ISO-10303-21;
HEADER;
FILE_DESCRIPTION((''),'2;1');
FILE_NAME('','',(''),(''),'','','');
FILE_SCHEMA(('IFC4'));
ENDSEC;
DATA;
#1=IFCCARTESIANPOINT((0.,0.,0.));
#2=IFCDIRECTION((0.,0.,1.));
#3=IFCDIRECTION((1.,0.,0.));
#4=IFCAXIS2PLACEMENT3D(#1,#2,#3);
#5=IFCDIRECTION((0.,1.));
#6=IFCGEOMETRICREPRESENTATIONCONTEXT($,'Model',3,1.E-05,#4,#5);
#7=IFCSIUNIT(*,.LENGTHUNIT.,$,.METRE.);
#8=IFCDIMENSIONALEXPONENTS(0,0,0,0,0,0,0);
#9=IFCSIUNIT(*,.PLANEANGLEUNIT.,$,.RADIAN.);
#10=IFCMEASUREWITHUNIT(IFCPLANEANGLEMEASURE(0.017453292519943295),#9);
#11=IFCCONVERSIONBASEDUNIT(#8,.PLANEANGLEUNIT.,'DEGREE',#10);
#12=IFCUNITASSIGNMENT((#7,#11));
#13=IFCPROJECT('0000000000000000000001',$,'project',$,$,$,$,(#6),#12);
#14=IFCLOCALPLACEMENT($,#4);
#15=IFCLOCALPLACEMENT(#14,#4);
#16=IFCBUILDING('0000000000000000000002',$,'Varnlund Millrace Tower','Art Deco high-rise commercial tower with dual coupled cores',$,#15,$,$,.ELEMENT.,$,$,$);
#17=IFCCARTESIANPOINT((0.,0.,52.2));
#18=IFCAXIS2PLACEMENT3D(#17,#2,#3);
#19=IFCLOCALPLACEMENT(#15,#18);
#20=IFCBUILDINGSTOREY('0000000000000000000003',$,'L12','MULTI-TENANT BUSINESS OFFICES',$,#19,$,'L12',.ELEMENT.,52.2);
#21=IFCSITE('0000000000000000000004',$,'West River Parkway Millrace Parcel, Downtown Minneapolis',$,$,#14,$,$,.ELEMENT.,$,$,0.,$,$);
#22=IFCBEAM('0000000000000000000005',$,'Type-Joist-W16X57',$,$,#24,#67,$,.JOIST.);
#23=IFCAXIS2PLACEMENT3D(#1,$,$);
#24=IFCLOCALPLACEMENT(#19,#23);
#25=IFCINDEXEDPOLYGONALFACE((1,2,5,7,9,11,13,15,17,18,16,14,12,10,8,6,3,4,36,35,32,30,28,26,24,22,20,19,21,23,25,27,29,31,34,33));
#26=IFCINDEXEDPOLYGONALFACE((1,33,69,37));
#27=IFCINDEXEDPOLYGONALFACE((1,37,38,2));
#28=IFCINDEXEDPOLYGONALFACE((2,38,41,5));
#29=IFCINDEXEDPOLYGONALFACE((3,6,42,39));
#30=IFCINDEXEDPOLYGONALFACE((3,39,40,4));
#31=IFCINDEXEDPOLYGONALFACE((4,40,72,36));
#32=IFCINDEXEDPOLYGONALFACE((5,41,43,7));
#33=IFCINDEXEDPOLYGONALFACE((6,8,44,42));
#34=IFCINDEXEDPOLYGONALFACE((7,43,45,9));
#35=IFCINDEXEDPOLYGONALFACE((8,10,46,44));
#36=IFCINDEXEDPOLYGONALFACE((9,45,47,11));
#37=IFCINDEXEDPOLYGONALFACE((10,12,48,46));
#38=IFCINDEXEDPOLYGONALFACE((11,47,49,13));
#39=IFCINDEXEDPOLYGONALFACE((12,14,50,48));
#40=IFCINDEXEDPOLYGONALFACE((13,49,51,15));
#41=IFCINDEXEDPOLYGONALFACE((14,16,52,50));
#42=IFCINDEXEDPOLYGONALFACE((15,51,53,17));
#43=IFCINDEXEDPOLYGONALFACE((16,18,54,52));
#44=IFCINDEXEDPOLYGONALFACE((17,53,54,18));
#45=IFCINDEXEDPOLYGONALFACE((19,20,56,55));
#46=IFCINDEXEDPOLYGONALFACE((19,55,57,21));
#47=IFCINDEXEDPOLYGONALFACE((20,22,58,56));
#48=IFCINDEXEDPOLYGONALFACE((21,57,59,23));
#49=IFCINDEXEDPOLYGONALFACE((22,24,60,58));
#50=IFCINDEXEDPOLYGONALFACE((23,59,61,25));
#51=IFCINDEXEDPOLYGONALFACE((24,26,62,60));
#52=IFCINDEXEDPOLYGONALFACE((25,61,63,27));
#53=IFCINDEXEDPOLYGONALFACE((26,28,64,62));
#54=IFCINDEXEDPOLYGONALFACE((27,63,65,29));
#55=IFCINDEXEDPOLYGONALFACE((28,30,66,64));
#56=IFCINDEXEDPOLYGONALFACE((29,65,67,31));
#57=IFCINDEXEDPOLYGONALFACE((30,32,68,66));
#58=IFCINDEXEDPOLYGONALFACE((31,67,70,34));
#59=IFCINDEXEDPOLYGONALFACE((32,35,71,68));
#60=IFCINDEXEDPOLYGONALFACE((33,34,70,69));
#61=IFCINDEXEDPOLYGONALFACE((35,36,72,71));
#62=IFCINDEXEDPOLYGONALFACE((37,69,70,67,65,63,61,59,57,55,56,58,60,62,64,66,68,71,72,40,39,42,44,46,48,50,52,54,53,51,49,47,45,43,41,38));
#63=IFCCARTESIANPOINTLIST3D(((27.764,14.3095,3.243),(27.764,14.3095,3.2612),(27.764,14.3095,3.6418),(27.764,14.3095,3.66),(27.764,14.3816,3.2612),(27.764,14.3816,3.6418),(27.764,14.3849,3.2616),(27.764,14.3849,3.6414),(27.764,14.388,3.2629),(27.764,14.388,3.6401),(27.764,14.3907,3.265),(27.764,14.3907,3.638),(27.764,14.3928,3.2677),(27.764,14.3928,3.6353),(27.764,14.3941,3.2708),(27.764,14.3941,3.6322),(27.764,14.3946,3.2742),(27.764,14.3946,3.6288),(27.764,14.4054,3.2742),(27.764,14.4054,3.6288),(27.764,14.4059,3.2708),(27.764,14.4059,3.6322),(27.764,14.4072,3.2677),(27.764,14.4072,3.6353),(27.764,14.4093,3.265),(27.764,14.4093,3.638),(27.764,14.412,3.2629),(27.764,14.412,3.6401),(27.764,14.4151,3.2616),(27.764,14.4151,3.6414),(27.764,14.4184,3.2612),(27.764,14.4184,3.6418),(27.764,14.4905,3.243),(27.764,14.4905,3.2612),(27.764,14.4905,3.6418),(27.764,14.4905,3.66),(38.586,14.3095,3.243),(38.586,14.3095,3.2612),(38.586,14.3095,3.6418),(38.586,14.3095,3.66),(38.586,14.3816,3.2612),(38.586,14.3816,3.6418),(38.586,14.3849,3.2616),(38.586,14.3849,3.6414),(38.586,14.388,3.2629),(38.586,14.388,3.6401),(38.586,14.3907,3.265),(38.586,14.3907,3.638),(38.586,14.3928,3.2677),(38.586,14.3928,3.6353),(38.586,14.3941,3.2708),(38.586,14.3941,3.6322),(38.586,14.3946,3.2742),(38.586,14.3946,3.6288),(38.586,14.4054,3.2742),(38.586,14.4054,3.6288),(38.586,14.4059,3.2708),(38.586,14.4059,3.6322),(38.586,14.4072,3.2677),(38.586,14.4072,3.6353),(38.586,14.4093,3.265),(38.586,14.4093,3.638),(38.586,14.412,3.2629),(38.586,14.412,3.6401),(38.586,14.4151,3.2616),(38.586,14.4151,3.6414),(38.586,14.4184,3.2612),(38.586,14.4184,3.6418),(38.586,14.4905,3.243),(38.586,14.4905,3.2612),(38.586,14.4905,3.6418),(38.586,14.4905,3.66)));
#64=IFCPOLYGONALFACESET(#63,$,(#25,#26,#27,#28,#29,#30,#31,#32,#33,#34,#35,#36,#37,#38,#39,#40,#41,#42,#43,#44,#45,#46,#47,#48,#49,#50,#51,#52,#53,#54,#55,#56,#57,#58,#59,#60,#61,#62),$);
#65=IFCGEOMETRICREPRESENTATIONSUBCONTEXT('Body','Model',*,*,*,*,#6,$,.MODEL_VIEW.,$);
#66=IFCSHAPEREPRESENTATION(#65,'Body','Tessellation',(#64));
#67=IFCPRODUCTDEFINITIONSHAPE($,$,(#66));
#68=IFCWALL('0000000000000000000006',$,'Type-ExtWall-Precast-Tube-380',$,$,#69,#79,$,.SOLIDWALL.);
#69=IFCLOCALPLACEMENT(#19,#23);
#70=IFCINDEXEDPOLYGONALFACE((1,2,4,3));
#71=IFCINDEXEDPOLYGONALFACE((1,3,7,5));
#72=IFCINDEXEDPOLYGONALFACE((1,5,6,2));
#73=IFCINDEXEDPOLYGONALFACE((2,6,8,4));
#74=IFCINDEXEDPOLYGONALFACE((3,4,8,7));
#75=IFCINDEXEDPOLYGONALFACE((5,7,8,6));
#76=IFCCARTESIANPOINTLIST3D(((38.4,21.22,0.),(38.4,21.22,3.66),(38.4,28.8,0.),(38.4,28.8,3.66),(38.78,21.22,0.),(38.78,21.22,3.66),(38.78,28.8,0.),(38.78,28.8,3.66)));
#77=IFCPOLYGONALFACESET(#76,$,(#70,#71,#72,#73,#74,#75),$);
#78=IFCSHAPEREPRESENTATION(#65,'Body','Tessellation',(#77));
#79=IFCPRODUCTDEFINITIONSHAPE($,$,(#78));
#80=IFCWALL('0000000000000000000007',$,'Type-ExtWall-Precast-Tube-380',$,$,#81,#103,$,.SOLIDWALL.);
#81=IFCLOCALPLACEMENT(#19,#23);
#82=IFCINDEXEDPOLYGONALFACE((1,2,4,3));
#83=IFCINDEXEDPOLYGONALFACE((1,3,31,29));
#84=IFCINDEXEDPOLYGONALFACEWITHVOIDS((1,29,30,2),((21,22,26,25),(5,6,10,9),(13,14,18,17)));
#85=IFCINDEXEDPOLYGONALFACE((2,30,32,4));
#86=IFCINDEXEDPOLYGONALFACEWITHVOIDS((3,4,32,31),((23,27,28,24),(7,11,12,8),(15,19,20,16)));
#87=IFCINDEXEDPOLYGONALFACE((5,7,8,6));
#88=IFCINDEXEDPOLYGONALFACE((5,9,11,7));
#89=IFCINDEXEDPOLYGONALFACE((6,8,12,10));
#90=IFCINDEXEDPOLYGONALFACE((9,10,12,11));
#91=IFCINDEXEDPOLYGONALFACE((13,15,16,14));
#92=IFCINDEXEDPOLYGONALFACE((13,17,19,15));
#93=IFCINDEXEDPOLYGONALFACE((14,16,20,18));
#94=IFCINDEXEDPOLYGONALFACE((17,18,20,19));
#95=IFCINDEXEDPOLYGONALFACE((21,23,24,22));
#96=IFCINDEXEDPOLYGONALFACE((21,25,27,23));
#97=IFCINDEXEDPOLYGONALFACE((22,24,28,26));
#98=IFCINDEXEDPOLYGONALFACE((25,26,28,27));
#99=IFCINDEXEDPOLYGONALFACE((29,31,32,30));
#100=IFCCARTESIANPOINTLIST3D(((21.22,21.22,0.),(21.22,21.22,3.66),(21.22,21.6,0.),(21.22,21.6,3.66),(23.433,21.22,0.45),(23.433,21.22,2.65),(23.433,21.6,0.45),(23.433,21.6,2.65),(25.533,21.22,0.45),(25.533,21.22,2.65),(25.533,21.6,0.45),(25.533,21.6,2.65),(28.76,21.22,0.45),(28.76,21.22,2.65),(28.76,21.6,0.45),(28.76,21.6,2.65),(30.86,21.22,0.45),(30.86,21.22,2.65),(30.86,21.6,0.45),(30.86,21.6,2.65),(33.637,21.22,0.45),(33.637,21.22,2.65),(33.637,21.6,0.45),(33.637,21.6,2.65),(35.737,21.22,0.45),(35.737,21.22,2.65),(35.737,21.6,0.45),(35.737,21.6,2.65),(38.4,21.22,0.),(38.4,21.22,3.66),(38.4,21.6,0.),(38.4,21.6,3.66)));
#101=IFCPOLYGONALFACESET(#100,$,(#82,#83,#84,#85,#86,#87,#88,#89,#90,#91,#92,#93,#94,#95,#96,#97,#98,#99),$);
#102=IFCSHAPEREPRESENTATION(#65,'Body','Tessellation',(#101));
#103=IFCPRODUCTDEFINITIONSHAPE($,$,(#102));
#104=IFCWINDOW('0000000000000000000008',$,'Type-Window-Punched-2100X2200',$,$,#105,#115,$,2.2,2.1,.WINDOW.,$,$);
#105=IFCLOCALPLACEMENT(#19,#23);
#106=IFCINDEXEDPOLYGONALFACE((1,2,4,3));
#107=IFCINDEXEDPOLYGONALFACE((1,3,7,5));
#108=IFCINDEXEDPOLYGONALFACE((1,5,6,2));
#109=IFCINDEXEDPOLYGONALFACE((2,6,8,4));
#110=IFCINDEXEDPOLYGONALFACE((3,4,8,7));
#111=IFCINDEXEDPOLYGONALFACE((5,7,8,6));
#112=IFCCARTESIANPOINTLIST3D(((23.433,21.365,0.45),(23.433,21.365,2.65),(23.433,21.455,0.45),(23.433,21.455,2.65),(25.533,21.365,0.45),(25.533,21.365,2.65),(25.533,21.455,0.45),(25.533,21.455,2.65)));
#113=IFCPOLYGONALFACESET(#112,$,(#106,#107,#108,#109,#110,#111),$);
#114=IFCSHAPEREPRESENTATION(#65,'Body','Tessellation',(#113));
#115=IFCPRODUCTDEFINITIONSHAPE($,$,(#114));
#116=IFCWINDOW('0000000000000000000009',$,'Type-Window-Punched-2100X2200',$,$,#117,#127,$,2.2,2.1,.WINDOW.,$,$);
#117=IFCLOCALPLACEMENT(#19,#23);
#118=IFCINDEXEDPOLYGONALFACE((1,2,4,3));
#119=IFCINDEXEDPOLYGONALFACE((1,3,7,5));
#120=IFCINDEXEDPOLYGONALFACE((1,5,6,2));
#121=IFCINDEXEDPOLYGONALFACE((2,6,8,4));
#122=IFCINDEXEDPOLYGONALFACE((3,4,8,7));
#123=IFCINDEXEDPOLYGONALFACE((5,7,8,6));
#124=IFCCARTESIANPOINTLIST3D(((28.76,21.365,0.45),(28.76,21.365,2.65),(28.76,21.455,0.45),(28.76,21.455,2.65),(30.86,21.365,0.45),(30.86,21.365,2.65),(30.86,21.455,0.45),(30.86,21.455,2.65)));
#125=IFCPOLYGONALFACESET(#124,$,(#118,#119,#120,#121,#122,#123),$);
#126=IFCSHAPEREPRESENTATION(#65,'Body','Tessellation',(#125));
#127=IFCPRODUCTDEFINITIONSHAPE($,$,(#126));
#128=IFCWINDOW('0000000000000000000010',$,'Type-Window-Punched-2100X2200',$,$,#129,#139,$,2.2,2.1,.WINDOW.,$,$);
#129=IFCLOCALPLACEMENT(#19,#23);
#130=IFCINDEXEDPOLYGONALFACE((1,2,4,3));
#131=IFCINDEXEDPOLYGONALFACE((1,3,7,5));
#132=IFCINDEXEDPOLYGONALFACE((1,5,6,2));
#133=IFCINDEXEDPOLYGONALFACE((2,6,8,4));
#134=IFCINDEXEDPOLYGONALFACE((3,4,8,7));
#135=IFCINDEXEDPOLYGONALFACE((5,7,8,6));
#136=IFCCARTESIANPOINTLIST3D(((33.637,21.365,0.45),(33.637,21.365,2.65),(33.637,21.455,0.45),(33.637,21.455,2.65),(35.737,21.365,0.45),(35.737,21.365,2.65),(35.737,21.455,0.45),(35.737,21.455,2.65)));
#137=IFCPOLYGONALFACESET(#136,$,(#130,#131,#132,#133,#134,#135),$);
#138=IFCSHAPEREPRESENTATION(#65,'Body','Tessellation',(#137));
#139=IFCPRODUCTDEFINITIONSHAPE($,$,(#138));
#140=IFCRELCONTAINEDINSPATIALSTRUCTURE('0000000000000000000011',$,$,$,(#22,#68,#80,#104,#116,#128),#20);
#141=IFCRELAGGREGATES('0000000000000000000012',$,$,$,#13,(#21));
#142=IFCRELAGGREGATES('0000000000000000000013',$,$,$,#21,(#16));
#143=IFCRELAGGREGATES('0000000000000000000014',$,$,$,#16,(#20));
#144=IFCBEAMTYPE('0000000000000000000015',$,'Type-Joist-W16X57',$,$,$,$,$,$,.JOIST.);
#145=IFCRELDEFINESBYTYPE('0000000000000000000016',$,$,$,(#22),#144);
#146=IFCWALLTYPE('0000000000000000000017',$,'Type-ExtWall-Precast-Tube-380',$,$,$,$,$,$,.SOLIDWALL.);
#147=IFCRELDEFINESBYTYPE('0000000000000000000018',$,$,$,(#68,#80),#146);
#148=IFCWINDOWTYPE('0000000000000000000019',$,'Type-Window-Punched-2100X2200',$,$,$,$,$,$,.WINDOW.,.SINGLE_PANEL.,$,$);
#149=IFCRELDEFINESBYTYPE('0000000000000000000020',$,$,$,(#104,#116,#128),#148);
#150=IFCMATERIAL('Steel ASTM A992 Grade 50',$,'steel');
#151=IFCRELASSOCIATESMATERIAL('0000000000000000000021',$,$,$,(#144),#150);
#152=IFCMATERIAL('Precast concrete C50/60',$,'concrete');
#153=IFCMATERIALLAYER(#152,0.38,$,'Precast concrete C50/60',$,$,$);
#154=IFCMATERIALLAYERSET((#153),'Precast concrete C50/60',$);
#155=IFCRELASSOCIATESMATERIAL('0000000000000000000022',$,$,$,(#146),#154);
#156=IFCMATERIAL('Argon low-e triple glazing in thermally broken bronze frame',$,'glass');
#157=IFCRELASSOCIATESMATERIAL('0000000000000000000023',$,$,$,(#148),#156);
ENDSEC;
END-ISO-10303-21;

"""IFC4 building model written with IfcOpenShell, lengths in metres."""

from ifc_helpers import new_model, entity, si_unit, converted_unit, direction, frame, origin_with_axes, origin_2d_with_axis, place, context, subcontext, project, spatial, polyline, rectangle, i_section, outline, extrude, material, layer, layer_set, material_profile, profile_set, type_object, element, fill, save


model = new_model("IFC4")

# Units and contexts
model_context = context("Model", 3, precision=1e-05, world=origin_with_axes(), true_north=direction((0.0, 1.0)))
body_context = subcontext(model_context, "Body", "Model", "MODEL_VIEW")
ifc_project = project(units=[si_unit("LENGTHUNIT", "METRE"), converted_unit("PLANEANGLEUNIT", "DEGREE", entity("IfcPlaneAngleMeasure", 0.017453292519943295), si_unit("PLANEANGLEUNIT", "RADIAN"), dimensions=[0, 0, 0, 0, 0, 0, 0])], contexts=[model_context])

# Site, building, storey
site_placement = place(None, origin_with_axes())
site = spatial("IfcSite", under=ifc_project, at=site_placement, Name="West River Parkway Millrace Parcel, Downtown Minneapolis", CompositionType="ELEMENT", RefElevation=0.0)
building_placement = place(site_placement, origin_with_axes())
building = spatial("IfcBuilding", under=site, at=building_placement, Name="Varnlund Millrace Tower", Description="Art Deco high-rise commercial tower with dual coupled cores", CompositionType="ELEMENT")
storey_placement = place(building_placement, frame((0.0, 0.0, 52.2), z_axis=(0.0, 0.0, 1.0), x_axis=(1.0, 0.0, 0.0)))
storey = spatial("IfcBuildingStorey", under=building, at=storey_placement, Name="L12", Description="MULTI-TENANT BUSINESS OFFICES", LongName="L12", CompositionType="ELEMENT", Elevation=52.2)

# Beam
ifc_material_1 = material(Name="Steel ASTM A992 Grade 50", Category="steel")
ifc_material_profile_1 = material_profile(ifc_material_1, i_section(OverallWidth=0.181, OverallDepth=0.417, WebThickness=0.0109, FlangeThickness=0.0182, FilletRadius=0.013, at=origin_2d_with_axis()), Name="Steel ASTM A992 Grade 50")
ifc_profile_set_1 = profile_set([ifc_material_profile_1], Name="Steel ASTM A992 Grade 50")
beam_type_1 = type_object("IfcBeamType", Name="Type-Joist-W16X57", PredefinedType="JOIST", material=ifc_profile_set_1)
beam_1_placement = place(storey_placement, frame((27.764, 14.4, 3.4515), z_axis=(1.0, 0.0, 0.0), x_axis=(0.0, 1.0, 0.0)))
element("IfcBeam", 1, at=beam_1_placement, inside=storey, type_object=beam_type_1, Name="Type-Joist-W16X57", PredefinedType="JOIST", context=body_context, shape_type="SweptSolid", body=[
    extrude(i_section(OverallWidth=0.181, OverallDepth=0.417, WebThickness=0.0109, FlangeThickness=0.0182, FilletRadius=0.013, at=origin_2d_with_axis()), origin_with_axes(), (0.0, 0.0, 1.0), 10.822),
])

# Wall
ifc_material_2 = material(Name="Precast concrete C50/60", Category="concrete")
ifc_layer_1 = layer(ifc_material_2, 0.38, Name="Precast concrete C50/60")
ifc_layer_set_1 = layer_set([ifc_layer_1], Name="Precast concrete C50/60")
wall_type_1 = type_object("IfcWallType", Name="Type-ExtWall-Precast-Tube-380", PredefinedType="SOLIDWALL", material=ifc_layer_set_1)
wall_1_placement = place(storey_placement, frame((38.59, 21.22, 0.0), z_axis=(0.0, 0.0, 1.0), x_axis=(0.0, 1.0, 0.0)))
element("IfcWall", 2, at=wall_1_placement, inside=storey, type_object=wall_type_1, Name="Type-ExtWall-Precast-Tube-380", PredefinedType="SOLIDWALL", context=body_context, shape_type="SweptSolid", body=[
    extrude(outline(polyline([(0.0, -0.19), (7.58, -0.19), (7.58, 0.19), (0.0, 0.19), (0.0, -0.19)])), origin_with_axes(), (0.0, 0.0, 1.0), 3.66),
])

# Wall, openings, windows
wall_2_placement = place(storey_placement, frame((21.22, 21.41, 0.0), z_axis=(0.0, 0.0, 1.0), x_axis=(1.0, 0.0, 0.0)))
wall_2 = element("IfcWall", 3, at=wall_2_placement, inside=storey, type_object=wall_type_1, Name="Type-ExtWall-Precast-Tube-380", PredefinedType="SOLIDWALL", context=body_context, shape_type="SweptSolid", body=[
    extrude(outline(polyline([(0.0, -0.19), (17.18, -0.19), (17.18, 0.19), (0.0, 0.19), (0.0, -0.19)])), origin_with_axes(), (0.0, 0.0, 1.0), 3.66),
])
opening_1_placement = place(wall_2_placement, frame((3.263, 0.0, 0.45), z_axis=(0.0, 0.0, 1.0), x_axis=(1.0, 0.0, 0.0)))
opening_1 = element("IfcOpeningElement", 4, at=opening_1_placement, cuts=wall_2, PredefinedType="OPENING", context=body_context, shape_type="SweptSolid", body=[
    extrude(rectangle(XDim=2.1, YDim=0.4, at=origin_2d_with_axis()), origin_with_axes(), (0.0, 0.0, 1.0), 2.2),
])
opening_2_placement = place(wall_2_placement, frame((8.59, 0.0, 0.45), z_axis=(0.0, 0.0, 1.0), x_axis=(1.0, 0.0, 0.0)))
opening_2 = element("IfcOpeningElement", 5, at=opening_2_placement, cuts=wall_2, PredefinedType="OPENING", context=body_context, shape_type="SweptSolid", body=[
    extrude(rectangle(XDim=2.1, YDim=0.4, at=origin_2d_with_axis()), origin_with_axes(), (0.0, 0.0, 1.0), 2.2),
])
opening_3_placement = place(wall_2_placement, frame((13.467, 0.0, 0.45), z_axis=(0.0, 0.0, 1.0), x_axis=(1.0, 0.0, 0.0)))
opening_3 = element("IfcOpeningElement", 6, at=opening_3_placement, cuts=wall_2, PredefinedType="OPENING", context=body_context, shape_type="SweptSolid", body=[
    extrude(rectangle(XDim=2.1, YDim=0.4, at=origin_2d_with_axis()), origin_with_axes(), (0.0, 0.0, 1.0), 2.2),
])
ifc_material_3 = material(Name="Argon low-e triple glazing in thermally broken bronze frame", Category="glass")
window_type = type_object("IfcWindowType", Name="Type-Window-Punched-2100X2200", PartitioningType="SINGLE_PANEL", PredefinedType="WINDOW", material=ifc_material_3)
window_1_placement = place(wall_2_placement, frame((3.263, 0.0, 0.45), z_axis=(0.0, 0.0, 1.0), x_axis=(1.0, 0.0, 0.0)))
window_1 = element("IfcWindow", 7, at=window_1_placement, inside=storey, type_object=window_type, Name="Type-Window-Punched-2100X2200", OverallHeight=2.2, OverallWidth=2.1, PredefinedType="WINDOW", context=body_context, shape_type="SweptSolid", body=[
    extrude(rectangle(XDim=2.1, YDim=0.09, at=origin_2d_with_axis()), origin_with_axes(), (0.0, 0.0, 1.0), 2.2),
])
fill(opening_1, window_1)
window_2_placement = place(wall_2_placement, frame((8.59, 0.0, 0.45), z_axis=(0.0, 0.0, 1.0), x_axis=(1.0, 0.0, 0.0)))
window_2 = element("IfcWindow", 8, at=window_2_placement, inside=storey, type_object=window_type, Name="Type-Window-Punched-2100X2200", OverallHeight=2.2, OverallWidth=2.1, PredefinedType="WINDOW", context=body_context, shape_type="SweptSolid", body=[
    extrude(rectangle(XDim=2.1, YDim=0.09, at=origin_2d_with_axis()), origin_with_axes(), (0.0, 0.0, 1.0), 2.2),
])
fill(opening_2, window_2)
window_3_placement = place(wall_2_placement, frame((13.467, 0.0, 0.45), z_axis=(0.0, 0.0, 1.0), x_axis=(1.0, 0.0, 0.0)))
window_3 = element("IfcWindow", 9, at=window_3_placement, inside=storey, type_object=window_type, Name="Type-Window-Punched-2100X2200", OverallHeight=2.2, OverallWidth=2.1, PredefinedType="WINDOW", context=body_context, shape_type="SweptSolid", body=[
    extrude(rectangle(XDim=2.1, YDim=0.09, at=origin_2d_with_axis()), origin_with_axes(), (0.0, 0.0, 1.0), 2.2),
])
fill(opening_3, window_3)

save(model, "model.ifc")
